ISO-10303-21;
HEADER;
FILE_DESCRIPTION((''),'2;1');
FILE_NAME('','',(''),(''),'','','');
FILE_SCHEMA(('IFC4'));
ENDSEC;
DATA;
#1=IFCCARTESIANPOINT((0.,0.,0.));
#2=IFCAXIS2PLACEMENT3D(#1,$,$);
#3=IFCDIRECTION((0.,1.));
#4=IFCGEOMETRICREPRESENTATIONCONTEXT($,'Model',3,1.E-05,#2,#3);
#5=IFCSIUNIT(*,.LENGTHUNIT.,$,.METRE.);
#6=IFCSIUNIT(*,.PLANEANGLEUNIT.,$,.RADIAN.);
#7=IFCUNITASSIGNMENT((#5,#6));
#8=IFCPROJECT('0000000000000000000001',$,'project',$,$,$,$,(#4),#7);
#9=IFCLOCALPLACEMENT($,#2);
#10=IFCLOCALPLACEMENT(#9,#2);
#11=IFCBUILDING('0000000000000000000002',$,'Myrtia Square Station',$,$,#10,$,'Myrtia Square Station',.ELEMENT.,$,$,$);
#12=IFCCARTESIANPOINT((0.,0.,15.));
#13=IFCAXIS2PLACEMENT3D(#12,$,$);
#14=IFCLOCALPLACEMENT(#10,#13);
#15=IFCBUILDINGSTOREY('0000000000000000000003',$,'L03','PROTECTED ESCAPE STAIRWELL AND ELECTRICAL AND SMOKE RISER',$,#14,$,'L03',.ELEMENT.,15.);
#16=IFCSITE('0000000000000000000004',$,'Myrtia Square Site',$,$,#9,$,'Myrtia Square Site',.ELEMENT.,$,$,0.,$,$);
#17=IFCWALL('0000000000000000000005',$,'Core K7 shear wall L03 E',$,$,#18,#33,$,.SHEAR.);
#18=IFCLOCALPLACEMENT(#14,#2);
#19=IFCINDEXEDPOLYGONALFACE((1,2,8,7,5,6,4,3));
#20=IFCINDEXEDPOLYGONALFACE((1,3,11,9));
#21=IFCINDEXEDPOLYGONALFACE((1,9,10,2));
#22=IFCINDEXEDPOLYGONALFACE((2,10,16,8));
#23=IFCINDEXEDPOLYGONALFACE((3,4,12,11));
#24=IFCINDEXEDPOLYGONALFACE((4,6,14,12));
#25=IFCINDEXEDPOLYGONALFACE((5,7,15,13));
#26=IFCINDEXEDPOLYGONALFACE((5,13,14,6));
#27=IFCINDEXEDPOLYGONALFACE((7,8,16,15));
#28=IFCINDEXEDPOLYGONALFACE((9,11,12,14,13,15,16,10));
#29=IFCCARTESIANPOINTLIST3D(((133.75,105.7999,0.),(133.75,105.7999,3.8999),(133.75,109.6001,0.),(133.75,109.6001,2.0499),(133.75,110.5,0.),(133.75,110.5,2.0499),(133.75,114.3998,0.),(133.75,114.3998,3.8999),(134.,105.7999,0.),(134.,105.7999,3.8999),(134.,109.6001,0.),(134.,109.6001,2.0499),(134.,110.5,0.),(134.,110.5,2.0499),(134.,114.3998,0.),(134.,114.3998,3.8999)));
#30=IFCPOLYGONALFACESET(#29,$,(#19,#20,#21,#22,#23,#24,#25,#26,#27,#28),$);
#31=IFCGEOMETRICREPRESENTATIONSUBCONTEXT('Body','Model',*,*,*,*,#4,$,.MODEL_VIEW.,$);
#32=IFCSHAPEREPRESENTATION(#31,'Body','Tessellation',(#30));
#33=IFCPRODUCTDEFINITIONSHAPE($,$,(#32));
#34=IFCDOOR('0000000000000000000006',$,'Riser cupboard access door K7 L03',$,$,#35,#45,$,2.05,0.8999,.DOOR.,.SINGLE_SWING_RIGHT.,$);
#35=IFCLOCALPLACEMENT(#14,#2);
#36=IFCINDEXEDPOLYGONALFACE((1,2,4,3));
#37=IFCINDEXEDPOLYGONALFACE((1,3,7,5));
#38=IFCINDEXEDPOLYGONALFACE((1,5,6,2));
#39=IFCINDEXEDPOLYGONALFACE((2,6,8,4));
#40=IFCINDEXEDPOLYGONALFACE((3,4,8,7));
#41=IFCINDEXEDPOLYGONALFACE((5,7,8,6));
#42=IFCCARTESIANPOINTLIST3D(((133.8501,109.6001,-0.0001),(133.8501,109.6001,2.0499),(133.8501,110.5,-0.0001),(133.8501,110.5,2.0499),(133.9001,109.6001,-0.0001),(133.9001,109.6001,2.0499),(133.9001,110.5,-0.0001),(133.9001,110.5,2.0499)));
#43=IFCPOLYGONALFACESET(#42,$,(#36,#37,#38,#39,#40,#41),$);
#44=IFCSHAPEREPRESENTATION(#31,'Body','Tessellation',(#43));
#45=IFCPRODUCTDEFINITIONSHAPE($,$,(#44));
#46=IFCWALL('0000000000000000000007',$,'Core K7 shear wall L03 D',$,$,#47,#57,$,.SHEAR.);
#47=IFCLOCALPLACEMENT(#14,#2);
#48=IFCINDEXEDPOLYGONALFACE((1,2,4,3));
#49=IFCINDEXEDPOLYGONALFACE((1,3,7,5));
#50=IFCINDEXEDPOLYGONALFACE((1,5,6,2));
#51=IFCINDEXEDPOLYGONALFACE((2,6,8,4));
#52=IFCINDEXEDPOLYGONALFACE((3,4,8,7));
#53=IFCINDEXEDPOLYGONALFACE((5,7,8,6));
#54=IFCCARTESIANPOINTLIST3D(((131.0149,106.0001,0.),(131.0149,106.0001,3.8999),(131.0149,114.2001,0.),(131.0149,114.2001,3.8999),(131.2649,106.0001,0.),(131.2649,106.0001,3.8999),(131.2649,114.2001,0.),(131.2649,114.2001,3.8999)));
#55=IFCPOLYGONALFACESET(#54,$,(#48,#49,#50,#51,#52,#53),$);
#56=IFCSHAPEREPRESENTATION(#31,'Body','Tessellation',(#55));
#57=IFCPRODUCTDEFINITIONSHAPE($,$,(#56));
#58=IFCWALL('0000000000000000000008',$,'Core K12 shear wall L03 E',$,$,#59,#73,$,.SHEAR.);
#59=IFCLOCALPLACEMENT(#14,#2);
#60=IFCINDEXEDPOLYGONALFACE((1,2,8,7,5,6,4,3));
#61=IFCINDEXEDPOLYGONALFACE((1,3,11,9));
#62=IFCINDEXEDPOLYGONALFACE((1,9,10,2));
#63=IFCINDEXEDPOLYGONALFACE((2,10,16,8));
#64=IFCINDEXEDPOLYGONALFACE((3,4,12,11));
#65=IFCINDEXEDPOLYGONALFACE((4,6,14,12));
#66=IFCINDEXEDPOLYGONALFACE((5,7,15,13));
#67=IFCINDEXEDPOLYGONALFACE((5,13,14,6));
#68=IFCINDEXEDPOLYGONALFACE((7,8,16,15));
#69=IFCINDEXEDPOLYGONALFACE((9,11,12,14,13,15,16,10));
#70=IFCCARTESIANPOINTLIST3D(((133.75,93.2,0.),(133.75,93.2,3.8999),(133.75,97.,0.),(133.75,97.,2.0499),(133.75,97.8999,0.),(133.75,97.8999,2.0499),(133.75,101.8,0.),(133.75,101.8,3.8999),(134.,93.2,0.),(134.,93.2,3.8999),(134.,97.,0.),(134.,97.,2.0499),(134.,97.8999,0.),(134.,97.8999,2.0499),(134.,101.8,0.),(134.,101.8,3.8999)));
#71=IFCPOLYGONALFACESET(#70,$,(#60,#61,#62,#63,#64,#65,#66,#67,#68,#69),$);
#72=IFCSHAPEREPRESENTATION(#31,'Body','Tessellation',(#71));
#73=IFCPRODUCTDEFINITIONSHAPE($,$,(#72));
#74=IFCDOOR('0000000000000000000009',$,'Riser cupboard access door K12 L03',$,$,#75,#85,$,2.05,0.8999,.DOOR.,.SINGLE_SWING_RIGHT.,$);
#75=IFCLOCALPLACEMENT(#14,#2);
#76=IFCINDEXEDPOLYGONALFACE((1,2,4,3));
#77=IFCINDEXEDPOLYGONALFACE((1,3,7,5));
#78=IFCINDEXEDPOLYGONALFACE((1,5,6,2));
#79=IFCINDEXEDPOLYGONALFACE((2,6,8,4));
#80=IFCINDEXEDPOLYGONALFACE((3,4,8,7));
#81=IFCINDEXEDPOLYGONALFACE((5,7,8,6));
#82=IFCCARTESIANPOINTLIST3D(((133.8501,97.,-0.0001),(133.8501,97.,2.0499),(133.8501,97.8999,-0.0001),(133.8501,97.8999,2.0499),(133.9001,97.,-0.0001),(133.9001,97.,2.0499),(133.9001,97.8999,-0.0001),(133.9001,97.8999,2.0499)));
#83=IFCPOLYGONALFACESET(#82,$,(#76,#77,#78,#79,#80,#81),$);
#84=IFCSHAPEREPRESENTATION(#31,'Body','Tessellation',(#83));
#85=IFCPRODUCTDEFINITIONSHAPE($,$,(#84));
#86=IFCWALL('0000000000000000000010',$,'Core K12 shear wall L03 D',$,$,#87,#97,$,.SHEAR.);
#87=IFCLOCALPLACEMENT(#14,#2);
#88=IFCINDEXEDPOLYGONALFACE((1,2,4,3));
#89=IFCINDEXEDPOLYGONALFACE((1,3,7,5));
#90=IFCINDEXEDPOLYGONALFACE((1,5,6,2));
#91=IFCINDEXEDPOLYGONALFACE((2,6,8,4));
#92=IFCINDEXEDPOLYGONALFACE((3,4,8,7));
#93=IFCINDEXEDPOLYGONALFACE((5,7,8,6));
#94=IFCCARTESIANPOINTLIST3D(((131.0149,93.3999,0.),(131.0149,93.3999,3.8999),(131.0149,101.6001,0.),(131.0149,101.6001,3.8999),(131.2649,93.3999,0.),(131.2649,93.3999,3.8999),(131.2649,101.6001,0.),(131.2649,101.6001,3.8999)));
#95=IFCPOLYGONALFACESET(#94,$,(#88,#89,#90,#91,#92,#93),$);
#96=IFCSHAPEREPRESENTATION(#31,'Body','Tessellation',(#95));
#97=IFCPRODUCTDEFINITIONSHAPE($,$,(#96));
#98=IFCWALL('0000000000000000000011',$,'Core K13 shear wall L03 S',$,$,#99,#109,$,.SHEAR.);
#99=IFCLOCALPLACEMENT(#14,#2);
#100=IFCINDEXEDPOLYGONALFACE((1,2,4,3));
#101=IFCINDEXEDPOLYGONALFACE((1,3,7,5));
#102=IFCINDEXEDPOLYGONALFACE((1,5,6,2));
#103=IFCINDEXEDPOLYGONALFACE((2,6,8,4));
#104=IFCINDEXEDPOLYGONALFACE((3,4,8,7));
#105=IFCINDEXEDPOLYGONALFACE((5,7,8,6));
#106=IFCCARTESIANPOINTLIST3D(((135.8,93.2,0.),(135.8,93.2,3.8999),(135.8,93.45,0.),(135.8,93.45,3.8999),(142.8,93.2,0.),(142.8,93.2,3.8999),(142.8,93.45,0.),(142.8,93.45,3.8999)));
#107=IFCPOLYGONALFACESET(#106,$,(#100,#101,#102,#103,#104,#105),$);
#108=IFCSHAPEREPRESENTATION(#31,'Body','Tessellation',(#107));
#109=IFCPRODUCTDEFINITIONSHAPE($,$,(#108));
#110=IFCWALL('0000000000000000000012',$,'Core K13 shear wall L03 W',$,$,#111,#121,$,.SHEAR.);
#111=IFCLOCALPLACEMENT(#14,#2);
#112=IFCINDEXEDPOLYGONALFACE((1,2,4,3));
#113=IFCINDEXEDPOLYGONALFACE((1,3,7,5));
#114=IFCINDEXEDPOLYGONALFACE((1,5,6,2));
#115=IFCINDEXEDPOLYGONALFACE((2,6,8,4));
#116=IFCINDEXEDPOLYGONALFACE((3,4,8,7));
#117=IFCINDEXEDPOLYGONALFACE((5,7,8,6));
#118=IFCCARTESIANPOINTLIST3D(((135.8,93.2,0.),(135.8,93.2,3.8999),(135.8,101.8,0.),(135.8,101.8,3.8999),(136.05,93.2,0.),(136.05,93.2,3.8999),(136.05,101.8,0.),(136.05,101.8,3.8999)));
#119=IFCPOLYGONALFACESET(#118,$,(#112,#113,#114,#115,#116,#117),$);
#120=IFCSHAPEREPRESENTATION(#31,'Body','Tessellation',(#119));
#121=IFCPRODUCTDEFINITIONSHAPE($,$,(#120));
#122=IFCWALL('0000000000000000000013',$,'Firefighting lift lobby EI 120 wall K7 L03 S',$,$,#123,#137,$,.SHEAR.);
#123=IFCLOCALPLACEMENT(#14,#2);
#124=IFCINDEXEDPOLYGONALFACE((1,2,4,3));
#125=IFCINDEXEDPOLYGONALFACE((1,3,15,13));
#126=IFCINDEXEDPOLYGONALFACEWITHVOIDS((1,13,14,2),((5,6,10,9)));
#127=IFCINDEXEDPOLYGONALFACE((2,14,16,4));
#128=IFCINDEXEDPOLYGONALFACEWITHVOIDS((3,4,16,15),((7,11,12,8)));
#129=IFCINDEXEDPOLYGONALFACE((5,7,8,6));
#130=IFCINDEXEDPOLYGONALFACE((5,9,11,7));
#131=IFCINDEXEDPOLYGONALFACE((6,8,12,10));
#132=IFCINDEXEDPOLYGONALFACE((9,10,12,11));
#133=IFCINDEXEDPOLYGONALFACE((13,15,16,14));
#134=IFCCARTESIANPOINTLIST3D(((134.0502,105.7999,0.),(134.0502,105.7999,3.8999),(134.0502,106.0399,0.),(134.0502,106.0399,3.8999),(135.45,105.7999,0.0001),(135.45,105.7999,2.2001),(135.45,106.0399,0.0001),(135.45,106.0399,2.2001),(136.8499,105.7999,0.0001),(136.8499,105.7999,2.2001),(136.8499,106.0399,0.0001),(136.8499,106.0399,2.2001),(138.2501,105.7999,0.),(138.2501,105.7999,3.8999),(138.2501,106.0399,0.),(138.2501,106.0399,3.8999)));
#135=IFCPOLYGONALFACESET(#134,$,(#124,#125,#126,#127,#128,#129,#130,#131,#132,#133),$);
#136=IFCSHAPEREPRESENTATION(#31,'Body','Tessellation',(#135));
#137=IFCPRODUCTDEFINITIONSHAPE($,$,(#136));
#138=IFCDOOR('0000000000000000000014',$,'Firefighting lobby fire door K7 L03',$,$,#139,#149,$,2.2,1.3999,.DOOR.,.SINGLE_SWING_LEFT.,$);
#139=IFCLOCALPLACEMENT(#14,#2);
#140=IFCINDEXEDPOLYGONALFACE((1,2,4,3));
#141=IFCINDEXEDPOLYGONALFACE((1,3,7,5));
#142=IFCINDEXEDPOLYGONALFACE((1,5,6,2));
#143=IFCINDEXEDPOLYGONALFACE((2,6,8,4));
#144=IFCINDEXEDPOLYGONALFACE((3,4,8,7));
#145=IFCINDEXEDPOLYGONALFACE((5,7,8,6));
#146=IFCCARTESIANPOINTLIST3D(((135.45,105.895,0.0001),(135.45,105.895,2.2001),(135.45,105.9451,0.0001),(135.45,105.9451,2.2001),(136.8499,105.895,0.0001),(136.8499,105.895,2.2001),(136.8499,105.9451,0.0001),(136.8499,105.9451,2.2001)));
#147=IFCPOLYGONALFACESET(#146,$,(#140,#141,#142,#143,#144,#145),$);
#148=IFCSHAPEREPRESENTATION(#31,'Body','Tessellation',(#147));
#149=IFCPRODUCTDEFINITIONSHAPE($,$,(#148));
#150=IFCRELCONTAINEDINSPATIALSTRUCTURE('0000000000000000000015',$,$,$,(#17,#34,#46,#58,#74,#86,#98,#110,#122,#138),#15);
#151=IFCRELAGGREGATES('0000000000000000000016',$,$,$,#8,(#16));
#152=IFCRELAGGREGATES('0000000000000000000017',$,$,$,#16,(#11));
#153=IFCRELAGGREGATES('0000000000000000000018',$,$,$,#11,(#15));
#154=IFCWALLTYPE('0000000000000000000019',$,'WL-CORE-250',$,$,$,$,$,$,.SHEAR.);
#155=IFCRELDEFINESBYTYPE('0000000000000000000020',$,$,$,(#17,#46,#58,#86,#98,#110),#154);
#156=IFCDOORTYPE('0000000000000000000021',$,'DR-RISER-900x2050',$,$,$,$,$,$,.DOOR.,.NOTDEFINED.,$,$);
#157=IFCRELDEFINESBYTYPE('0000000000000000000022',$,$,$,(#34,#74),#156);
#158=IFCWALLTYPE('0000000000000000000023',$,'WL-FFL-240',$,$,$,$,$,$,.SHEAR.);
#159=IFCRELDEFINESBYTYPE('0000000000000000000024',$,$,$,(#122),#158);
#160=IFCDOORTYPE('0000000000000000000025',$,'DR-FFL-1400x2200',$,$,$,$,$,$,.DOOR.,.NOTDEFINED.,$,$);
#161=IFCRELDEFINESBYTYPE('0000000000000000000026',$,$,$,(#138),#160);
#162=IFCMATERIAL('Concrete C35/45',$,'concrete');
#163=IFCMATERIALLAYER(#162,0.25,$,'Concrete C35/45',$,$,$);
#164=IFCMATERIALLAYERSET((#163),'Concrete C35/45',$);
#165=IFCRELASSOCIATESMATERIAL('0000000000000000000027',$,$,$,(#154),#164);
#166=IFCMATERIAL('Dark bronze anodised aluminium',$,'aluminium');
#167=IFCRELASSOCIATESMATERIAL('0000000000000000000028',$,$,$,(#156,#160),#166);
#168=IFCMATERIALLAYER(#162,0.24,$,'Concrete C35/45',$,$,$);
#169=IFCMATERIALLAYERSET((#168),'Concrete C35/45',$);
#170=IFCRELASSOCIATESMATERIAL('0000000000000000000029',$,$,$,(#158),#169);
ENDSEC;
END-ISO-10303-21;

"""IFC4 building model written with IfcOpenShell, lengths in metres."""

from ifc_helpers import new_model, si_unit, direction, frame, frame_2d, origin, place, context, subcontext, project, spatial, rectangle, extrude, material, layer, layer_set, type_object, element, fill, save


model = new_model("IFC4")

# Units and contexts
model_context = context("Model", 3, precision=1e-05, world=origin(), true_north=direction((0.0, 1.0)))
body_context = subcontext(model_context, "Body", "Model", "MODEL_VIEW")
ifc_project = project(units=[si_unit("LENGTHUNIT", "METRE"), si_unit("PLANEANGLEUNIT", "RADIAN")], contexts=[model_context])

# Site, building, storey
site_placement = place(None, origin())
site = spatial("IfcSite", under=ifc_project, at=site_placement, Name="Myrtia Square Site", LongName="Myrtia Square Site", CompositionType="ELEMENT", RefElevation=0.0)
building_placement = place(site_placement, origin())
building = spatial("IfcBuilding", under=site, at=building_placement, Name="Myrtia Square Station", LongName="Myrtia Square Station", CompositionType="ELEMENT")
storey_placement = place(building_placement, frame((0.0, 0.0, 15.0)))
storey = spatial("IfcBuildingStorey", under=building, at=storey_placement, Name="L03", Description="PROTECTED ESCAPE STAIRWELL AND ELECTRICAL AND SMOKE RISER", LongName="L03", CompositionType="ELEMENT", Elevation=15.0)

# Wall, opening, door
ifc_material_1 = material(Name="Concrete C35/45", Category="concrete")
ifc_layer_1 = layer(ifc_material_1, 0.25, Name="Concrete C35/45")
ifc_layer_set_1 = layer_set([ifc_layer_1], Name="Concrete C35/45")
wall_type_1 = type_object("IfcWallType", Name="WL-CORE-250", PredefinedType="SHEAR", material=ifc_layer_set_1)
wall_1_placement = place(storey_placement, frame((133.875, 105.8, 0.0), z_axis=(0.0, 0.0, 1.0), x_axis=(0.0, 1.0, 0.0)))
wall_1 = element("IfcWall", 1, at=wall_1_placement, inside=storey, type_object=wall_type_1, Name="Core K7 shear wall L03 E", PredefinedType="SHEAR", context=body_context, shape_type="SweptSolid", body=[
    extrude(rectangle(XDim=8.5999, YDim=0.25, at=frame_2d((4.2998, 0.0))), origin(), (0.0, 0.0, 1.0), 3.8999),
])
opening_1_placement = place(wall_1_placement, frame((3.8, 0.0, 0.0)))
opening_1 = element("IfcOpeningElement", 2, at=opening_1_placement, cuts=wall_1, PredefinedType="OPENING", context=body_context, shape_type="SweptSolid", body=[
    extrude(rectangle(XDim=0.8999, YDim=2.05, at=frame_2d((0.45, 1.0249))), frame((0.0, 0.1399, 0.0), z_axis=(0.0, -1.0, 0.0), x_axis=(1.0, 0.0, 0.0)), (0.0, 0.0, 1.0), 0.28),
])
ifc_material_2 = material(Name="Dark bronze anodised aluminium", Category="aluminium")
door_type_1 = type_object("IfcDoorType", Name="DR-RISER-900x2050", OperationType="NOTDEFINED", PredefinedType="DOOR", material=ifc_material_2)
door_1_placement = place(opening_1_placement, origin())
door_1 = element("IfcDoor", 3, at=door_1_placement, inside=storey, type_object=door_type_1, Name="Riser cupboard access door K7 L03", OperationType="SINGLE_SWING_RIGHT", OverallHeight=2.05, OverallWidth=0.8999, PredefinedType="DOOR", context=body_context, shape_type="SweptSolid", body=[
    extrude(rectangle(XDim=0.8999, YDim=2.05, at=frame_2d((0.45, 1.0249))), frame((0.0, 0.0249, 0.0), z_axis=(0.0, -1.0, 0.0), x_axis=(1.0, 0.0, 0.0)), (0.0, 0.0, 1.0), 0.05),
])
fill(opening_1, door_1)

# Wall
wall_2_placement = place(storey_placement, frame((131.1399, 106.0, 0.0), z_axis=(0.0, 0.0, 1.0), x_axis=(0.0, 1.0, 0.0)))
element("IfcWall", 4, at=wall_2_placement, inside=storey, type_object=wall_type_1, Name="Core K7 shear wall L03 D", PredefinedType="SHEAR", context=body_context, shape_type="SweptSolid", body=[
    extrude(rectangle(XDim=8.2, YDim=0.25, at=frame_2d((4.1001, 0.0))), origin(), (0.0, 0.0, 1.0), 3.8999),
])

# Wall, opening, door
wall_3_placement = place(storey_placement, frame((133.875, 93.2, 0.0), z_axis=(0.0, 0.0, 1.0), x_axis=(0.0, 1.0, 0.0)))
wall_3 = element("IfcWall", 5, at=wall_3_placement, inside=storey, type_object=wall_type_1, Name="Core K12 shear wall L03 E", PredefinedType="SHEAR", context=body_context, shape_type="SweptSolid", body=[
    extrude(rectangle(XDim=8.6001, YDim=0.25, at=frame_2d((4.3, 0.0))), origin(), (0.0, 0.0, 1.0), 3.8999),
])
opening_2_placement = place(wall_3_placement, frame((3.8, 0.0, 0.0)))
opening_2 = element("IfcOpeningElement", 6, at=opening_2_placement, cuts=wall_3, PredefinedType="OPENING", context=body_context, shape_type="SweptSolid", body=[
    extrude(rectangle(XDim=0.8999, YDim=2.05, at=frame_2d((0.45, 1.0249))), frame((0.0, 0.1399, 0.0), z_axis=(0.0, -1.0, 0.0), x_axis=(1.0, 0.0, 0.0)), (0.0, 0.0, 1.0), 0.28),
])
door_2_placement = place(opening_2_placement, origin())
door_2 = element("IfcDoor", 7, at=door_2_placement, inside=storey, type_object=door_type_1, Name="Riser cupboard access door K12 L03", OperationType="SINGLE_SWING_RIGHT", OverallHeight=2.05, OverallWidth=0.8999, PredefinedType="DOOR", context=body_context, shape_type="SweptSolid", body=[
    extrude(rectangle(XDim=0.8999, YDim=2.05, at=frame_2d((0.45, 1.0249))), frame((0.0, 0.0249, 0.0), z_axis=(0.0, -1.0, 0.0), x_axis=(1.0, 0.0, 0.0)), (0.0, 0.0, 1.0), 0.05),
])
fill(opening_2, door_2)

# Walls
wall_4_placement = place(storey_placement, frame((131.1399, 93.3999, 0.0), z_axis=(0.0, 0.0, 1.0), x_axis=(0.0, 1.0, 0.0)))
element("IfcWall", 8, at=wall_4_placement, inside=storey, type_object=wall_type_1, Name="Core K12 shear wall L03 D", PredefinedType="SHEAR", context=body_context, shape_type="SweptSolid", body=[
    extrude(rectangle(XDim=8.2002, YDim=0.25, at=frame_2d((4.1001, 0.0))), origin(), (0.0, 0.0, 1.0), 3.8999),
])
wall_5_placement = place(storey_placement, frame((135.8, 93.325, 0.0), z_axis=(0.0, 0.0, 1.0), x_axis=(1.0, 0.0, 0.0)))
element("IfcWall", 9, at=wall_5_placement, inside=storey, type_object=wall_type_1, Name="Core K13 shear wall L03 S", PredefinedType="SHEAR", context=body_context, shape_type="SweptSolid", body=[
    extrude(rectangle(XDim=7.0, YDim=0.25, at=frame_2d((3.5, 0.0))), origin(), (0.0, 0.0, 1.0), 3.8999),
])

# Wall
wall_6_placement = place(storey_placement, frame((135.925, 93.2, 0.0), z_axis=(0.0, 0.0, 1.0), x_axis=(0.0, 1.0, 0.0)))
element("IfcWall", 10, at=wall_6_placement, inside=storey, type_object=wall_type_1, Name="Core K13 shear wall L03 W", PredefinedType="SHEAR", context=body_context, shape_type="SweptSolid", body=[
    extrude(rectangle(XDim=8.6001, YDim=0.25, at=frame_2d((4.3, 0.0))), origin(), (0.0, 0.0, 1.0), 3.8999),
])

# Wall, opening, door
ifc_layer_2 = layer(ifc_material_1, 0.24, Name="Concrete C35/45")
ifc_layer_set_2 = layer_set([ifc_layer_2], Name="Concrete C35/45")
wall_type_2 = type_object("IfcWallType", Name="WL-FFL-240", PredefinedType="SHEAR", material=ifc_layer_set_2)
wall_7_placement = place(storey_placement, frame((134.05, 105.9199, 0.0), z_axis=(0.0, 0.0, 1.0), x_axis=(1.0, 0.0, 0.0)))
wall_7 = element("IfcWall", 11, at=wall_7_placement, inside=storey, type_object=wall_type_2, Name="Firefighting lift lobby EI 120 wall K7 L03 S", PredefinedType="SHEAR", context=body_context, shape_type="SweptSolid", body=[
    extrude(rectangle(XDim=4.2, YDim=0.24, at=frame_2d((2.1001, 0.0))), origin(), (0.0, 0.0, 1.0), 3.8999),
])
opening_3_placement = place(wall_7_placement, frame((1.3999, 0.0, 0.0)))
opening_3 = element("IfcOpeningElement", 12, at=opening_3_placement, cuts=wall_7, PredefinedType="OPENING", context=body_context, shape_type="SweptSolid", body=[
    extrude(rectangle(XDim=1.3999, YDim=2.2, at=frame_2d((0.7, 1.1001))), frame((0.0, 0.135, 0.0), z_axis=(0.0, -1.0, 0.0), x_axis=(1.0, 0.0, 0.0)), (0.0, 0.0, 1.0), 0.27),
])
door_type_2 = type_object("IfcDoorType", Name="DR-FFL-1400x2200", OperationType="NOTDEFINED", PredefinedType="DOOR", material=ifc_material_2)
door_3_placement = place(opening_3_placement, frame((1.3999, 0.0, 0.0), z_axis=(0.0, 0.0, 1.0), x_axis=(-1.0, 0.0, 0.0)))
door_3 = element("IfcDoor", 13, at=door_3_placement, inside=storey, type_object=door_type_2, Name="Firefighting lobby fire door K7 L03", OperationType="SINGLE_SWING_LEFT", OverallHeight=2.2, OverallWidth=1.3999, PredefinedType="DOOR", context=body_context, shape_type="SweptSolid", body=[
    extrude(rectangle(XDim=1.3999, YDim=2.2, at=frame_2d((0.7, 1.1001))), frame((0.0, 0.0249, 0.0), z_axis=(0.0, -1.0, 0.0), x_axis=(1.0, 0.0, 0.0)), (0.0, 0.0, 1.0), 0.05),
])
fill(opening_3, door_3)

save(model, "model.ifc")
